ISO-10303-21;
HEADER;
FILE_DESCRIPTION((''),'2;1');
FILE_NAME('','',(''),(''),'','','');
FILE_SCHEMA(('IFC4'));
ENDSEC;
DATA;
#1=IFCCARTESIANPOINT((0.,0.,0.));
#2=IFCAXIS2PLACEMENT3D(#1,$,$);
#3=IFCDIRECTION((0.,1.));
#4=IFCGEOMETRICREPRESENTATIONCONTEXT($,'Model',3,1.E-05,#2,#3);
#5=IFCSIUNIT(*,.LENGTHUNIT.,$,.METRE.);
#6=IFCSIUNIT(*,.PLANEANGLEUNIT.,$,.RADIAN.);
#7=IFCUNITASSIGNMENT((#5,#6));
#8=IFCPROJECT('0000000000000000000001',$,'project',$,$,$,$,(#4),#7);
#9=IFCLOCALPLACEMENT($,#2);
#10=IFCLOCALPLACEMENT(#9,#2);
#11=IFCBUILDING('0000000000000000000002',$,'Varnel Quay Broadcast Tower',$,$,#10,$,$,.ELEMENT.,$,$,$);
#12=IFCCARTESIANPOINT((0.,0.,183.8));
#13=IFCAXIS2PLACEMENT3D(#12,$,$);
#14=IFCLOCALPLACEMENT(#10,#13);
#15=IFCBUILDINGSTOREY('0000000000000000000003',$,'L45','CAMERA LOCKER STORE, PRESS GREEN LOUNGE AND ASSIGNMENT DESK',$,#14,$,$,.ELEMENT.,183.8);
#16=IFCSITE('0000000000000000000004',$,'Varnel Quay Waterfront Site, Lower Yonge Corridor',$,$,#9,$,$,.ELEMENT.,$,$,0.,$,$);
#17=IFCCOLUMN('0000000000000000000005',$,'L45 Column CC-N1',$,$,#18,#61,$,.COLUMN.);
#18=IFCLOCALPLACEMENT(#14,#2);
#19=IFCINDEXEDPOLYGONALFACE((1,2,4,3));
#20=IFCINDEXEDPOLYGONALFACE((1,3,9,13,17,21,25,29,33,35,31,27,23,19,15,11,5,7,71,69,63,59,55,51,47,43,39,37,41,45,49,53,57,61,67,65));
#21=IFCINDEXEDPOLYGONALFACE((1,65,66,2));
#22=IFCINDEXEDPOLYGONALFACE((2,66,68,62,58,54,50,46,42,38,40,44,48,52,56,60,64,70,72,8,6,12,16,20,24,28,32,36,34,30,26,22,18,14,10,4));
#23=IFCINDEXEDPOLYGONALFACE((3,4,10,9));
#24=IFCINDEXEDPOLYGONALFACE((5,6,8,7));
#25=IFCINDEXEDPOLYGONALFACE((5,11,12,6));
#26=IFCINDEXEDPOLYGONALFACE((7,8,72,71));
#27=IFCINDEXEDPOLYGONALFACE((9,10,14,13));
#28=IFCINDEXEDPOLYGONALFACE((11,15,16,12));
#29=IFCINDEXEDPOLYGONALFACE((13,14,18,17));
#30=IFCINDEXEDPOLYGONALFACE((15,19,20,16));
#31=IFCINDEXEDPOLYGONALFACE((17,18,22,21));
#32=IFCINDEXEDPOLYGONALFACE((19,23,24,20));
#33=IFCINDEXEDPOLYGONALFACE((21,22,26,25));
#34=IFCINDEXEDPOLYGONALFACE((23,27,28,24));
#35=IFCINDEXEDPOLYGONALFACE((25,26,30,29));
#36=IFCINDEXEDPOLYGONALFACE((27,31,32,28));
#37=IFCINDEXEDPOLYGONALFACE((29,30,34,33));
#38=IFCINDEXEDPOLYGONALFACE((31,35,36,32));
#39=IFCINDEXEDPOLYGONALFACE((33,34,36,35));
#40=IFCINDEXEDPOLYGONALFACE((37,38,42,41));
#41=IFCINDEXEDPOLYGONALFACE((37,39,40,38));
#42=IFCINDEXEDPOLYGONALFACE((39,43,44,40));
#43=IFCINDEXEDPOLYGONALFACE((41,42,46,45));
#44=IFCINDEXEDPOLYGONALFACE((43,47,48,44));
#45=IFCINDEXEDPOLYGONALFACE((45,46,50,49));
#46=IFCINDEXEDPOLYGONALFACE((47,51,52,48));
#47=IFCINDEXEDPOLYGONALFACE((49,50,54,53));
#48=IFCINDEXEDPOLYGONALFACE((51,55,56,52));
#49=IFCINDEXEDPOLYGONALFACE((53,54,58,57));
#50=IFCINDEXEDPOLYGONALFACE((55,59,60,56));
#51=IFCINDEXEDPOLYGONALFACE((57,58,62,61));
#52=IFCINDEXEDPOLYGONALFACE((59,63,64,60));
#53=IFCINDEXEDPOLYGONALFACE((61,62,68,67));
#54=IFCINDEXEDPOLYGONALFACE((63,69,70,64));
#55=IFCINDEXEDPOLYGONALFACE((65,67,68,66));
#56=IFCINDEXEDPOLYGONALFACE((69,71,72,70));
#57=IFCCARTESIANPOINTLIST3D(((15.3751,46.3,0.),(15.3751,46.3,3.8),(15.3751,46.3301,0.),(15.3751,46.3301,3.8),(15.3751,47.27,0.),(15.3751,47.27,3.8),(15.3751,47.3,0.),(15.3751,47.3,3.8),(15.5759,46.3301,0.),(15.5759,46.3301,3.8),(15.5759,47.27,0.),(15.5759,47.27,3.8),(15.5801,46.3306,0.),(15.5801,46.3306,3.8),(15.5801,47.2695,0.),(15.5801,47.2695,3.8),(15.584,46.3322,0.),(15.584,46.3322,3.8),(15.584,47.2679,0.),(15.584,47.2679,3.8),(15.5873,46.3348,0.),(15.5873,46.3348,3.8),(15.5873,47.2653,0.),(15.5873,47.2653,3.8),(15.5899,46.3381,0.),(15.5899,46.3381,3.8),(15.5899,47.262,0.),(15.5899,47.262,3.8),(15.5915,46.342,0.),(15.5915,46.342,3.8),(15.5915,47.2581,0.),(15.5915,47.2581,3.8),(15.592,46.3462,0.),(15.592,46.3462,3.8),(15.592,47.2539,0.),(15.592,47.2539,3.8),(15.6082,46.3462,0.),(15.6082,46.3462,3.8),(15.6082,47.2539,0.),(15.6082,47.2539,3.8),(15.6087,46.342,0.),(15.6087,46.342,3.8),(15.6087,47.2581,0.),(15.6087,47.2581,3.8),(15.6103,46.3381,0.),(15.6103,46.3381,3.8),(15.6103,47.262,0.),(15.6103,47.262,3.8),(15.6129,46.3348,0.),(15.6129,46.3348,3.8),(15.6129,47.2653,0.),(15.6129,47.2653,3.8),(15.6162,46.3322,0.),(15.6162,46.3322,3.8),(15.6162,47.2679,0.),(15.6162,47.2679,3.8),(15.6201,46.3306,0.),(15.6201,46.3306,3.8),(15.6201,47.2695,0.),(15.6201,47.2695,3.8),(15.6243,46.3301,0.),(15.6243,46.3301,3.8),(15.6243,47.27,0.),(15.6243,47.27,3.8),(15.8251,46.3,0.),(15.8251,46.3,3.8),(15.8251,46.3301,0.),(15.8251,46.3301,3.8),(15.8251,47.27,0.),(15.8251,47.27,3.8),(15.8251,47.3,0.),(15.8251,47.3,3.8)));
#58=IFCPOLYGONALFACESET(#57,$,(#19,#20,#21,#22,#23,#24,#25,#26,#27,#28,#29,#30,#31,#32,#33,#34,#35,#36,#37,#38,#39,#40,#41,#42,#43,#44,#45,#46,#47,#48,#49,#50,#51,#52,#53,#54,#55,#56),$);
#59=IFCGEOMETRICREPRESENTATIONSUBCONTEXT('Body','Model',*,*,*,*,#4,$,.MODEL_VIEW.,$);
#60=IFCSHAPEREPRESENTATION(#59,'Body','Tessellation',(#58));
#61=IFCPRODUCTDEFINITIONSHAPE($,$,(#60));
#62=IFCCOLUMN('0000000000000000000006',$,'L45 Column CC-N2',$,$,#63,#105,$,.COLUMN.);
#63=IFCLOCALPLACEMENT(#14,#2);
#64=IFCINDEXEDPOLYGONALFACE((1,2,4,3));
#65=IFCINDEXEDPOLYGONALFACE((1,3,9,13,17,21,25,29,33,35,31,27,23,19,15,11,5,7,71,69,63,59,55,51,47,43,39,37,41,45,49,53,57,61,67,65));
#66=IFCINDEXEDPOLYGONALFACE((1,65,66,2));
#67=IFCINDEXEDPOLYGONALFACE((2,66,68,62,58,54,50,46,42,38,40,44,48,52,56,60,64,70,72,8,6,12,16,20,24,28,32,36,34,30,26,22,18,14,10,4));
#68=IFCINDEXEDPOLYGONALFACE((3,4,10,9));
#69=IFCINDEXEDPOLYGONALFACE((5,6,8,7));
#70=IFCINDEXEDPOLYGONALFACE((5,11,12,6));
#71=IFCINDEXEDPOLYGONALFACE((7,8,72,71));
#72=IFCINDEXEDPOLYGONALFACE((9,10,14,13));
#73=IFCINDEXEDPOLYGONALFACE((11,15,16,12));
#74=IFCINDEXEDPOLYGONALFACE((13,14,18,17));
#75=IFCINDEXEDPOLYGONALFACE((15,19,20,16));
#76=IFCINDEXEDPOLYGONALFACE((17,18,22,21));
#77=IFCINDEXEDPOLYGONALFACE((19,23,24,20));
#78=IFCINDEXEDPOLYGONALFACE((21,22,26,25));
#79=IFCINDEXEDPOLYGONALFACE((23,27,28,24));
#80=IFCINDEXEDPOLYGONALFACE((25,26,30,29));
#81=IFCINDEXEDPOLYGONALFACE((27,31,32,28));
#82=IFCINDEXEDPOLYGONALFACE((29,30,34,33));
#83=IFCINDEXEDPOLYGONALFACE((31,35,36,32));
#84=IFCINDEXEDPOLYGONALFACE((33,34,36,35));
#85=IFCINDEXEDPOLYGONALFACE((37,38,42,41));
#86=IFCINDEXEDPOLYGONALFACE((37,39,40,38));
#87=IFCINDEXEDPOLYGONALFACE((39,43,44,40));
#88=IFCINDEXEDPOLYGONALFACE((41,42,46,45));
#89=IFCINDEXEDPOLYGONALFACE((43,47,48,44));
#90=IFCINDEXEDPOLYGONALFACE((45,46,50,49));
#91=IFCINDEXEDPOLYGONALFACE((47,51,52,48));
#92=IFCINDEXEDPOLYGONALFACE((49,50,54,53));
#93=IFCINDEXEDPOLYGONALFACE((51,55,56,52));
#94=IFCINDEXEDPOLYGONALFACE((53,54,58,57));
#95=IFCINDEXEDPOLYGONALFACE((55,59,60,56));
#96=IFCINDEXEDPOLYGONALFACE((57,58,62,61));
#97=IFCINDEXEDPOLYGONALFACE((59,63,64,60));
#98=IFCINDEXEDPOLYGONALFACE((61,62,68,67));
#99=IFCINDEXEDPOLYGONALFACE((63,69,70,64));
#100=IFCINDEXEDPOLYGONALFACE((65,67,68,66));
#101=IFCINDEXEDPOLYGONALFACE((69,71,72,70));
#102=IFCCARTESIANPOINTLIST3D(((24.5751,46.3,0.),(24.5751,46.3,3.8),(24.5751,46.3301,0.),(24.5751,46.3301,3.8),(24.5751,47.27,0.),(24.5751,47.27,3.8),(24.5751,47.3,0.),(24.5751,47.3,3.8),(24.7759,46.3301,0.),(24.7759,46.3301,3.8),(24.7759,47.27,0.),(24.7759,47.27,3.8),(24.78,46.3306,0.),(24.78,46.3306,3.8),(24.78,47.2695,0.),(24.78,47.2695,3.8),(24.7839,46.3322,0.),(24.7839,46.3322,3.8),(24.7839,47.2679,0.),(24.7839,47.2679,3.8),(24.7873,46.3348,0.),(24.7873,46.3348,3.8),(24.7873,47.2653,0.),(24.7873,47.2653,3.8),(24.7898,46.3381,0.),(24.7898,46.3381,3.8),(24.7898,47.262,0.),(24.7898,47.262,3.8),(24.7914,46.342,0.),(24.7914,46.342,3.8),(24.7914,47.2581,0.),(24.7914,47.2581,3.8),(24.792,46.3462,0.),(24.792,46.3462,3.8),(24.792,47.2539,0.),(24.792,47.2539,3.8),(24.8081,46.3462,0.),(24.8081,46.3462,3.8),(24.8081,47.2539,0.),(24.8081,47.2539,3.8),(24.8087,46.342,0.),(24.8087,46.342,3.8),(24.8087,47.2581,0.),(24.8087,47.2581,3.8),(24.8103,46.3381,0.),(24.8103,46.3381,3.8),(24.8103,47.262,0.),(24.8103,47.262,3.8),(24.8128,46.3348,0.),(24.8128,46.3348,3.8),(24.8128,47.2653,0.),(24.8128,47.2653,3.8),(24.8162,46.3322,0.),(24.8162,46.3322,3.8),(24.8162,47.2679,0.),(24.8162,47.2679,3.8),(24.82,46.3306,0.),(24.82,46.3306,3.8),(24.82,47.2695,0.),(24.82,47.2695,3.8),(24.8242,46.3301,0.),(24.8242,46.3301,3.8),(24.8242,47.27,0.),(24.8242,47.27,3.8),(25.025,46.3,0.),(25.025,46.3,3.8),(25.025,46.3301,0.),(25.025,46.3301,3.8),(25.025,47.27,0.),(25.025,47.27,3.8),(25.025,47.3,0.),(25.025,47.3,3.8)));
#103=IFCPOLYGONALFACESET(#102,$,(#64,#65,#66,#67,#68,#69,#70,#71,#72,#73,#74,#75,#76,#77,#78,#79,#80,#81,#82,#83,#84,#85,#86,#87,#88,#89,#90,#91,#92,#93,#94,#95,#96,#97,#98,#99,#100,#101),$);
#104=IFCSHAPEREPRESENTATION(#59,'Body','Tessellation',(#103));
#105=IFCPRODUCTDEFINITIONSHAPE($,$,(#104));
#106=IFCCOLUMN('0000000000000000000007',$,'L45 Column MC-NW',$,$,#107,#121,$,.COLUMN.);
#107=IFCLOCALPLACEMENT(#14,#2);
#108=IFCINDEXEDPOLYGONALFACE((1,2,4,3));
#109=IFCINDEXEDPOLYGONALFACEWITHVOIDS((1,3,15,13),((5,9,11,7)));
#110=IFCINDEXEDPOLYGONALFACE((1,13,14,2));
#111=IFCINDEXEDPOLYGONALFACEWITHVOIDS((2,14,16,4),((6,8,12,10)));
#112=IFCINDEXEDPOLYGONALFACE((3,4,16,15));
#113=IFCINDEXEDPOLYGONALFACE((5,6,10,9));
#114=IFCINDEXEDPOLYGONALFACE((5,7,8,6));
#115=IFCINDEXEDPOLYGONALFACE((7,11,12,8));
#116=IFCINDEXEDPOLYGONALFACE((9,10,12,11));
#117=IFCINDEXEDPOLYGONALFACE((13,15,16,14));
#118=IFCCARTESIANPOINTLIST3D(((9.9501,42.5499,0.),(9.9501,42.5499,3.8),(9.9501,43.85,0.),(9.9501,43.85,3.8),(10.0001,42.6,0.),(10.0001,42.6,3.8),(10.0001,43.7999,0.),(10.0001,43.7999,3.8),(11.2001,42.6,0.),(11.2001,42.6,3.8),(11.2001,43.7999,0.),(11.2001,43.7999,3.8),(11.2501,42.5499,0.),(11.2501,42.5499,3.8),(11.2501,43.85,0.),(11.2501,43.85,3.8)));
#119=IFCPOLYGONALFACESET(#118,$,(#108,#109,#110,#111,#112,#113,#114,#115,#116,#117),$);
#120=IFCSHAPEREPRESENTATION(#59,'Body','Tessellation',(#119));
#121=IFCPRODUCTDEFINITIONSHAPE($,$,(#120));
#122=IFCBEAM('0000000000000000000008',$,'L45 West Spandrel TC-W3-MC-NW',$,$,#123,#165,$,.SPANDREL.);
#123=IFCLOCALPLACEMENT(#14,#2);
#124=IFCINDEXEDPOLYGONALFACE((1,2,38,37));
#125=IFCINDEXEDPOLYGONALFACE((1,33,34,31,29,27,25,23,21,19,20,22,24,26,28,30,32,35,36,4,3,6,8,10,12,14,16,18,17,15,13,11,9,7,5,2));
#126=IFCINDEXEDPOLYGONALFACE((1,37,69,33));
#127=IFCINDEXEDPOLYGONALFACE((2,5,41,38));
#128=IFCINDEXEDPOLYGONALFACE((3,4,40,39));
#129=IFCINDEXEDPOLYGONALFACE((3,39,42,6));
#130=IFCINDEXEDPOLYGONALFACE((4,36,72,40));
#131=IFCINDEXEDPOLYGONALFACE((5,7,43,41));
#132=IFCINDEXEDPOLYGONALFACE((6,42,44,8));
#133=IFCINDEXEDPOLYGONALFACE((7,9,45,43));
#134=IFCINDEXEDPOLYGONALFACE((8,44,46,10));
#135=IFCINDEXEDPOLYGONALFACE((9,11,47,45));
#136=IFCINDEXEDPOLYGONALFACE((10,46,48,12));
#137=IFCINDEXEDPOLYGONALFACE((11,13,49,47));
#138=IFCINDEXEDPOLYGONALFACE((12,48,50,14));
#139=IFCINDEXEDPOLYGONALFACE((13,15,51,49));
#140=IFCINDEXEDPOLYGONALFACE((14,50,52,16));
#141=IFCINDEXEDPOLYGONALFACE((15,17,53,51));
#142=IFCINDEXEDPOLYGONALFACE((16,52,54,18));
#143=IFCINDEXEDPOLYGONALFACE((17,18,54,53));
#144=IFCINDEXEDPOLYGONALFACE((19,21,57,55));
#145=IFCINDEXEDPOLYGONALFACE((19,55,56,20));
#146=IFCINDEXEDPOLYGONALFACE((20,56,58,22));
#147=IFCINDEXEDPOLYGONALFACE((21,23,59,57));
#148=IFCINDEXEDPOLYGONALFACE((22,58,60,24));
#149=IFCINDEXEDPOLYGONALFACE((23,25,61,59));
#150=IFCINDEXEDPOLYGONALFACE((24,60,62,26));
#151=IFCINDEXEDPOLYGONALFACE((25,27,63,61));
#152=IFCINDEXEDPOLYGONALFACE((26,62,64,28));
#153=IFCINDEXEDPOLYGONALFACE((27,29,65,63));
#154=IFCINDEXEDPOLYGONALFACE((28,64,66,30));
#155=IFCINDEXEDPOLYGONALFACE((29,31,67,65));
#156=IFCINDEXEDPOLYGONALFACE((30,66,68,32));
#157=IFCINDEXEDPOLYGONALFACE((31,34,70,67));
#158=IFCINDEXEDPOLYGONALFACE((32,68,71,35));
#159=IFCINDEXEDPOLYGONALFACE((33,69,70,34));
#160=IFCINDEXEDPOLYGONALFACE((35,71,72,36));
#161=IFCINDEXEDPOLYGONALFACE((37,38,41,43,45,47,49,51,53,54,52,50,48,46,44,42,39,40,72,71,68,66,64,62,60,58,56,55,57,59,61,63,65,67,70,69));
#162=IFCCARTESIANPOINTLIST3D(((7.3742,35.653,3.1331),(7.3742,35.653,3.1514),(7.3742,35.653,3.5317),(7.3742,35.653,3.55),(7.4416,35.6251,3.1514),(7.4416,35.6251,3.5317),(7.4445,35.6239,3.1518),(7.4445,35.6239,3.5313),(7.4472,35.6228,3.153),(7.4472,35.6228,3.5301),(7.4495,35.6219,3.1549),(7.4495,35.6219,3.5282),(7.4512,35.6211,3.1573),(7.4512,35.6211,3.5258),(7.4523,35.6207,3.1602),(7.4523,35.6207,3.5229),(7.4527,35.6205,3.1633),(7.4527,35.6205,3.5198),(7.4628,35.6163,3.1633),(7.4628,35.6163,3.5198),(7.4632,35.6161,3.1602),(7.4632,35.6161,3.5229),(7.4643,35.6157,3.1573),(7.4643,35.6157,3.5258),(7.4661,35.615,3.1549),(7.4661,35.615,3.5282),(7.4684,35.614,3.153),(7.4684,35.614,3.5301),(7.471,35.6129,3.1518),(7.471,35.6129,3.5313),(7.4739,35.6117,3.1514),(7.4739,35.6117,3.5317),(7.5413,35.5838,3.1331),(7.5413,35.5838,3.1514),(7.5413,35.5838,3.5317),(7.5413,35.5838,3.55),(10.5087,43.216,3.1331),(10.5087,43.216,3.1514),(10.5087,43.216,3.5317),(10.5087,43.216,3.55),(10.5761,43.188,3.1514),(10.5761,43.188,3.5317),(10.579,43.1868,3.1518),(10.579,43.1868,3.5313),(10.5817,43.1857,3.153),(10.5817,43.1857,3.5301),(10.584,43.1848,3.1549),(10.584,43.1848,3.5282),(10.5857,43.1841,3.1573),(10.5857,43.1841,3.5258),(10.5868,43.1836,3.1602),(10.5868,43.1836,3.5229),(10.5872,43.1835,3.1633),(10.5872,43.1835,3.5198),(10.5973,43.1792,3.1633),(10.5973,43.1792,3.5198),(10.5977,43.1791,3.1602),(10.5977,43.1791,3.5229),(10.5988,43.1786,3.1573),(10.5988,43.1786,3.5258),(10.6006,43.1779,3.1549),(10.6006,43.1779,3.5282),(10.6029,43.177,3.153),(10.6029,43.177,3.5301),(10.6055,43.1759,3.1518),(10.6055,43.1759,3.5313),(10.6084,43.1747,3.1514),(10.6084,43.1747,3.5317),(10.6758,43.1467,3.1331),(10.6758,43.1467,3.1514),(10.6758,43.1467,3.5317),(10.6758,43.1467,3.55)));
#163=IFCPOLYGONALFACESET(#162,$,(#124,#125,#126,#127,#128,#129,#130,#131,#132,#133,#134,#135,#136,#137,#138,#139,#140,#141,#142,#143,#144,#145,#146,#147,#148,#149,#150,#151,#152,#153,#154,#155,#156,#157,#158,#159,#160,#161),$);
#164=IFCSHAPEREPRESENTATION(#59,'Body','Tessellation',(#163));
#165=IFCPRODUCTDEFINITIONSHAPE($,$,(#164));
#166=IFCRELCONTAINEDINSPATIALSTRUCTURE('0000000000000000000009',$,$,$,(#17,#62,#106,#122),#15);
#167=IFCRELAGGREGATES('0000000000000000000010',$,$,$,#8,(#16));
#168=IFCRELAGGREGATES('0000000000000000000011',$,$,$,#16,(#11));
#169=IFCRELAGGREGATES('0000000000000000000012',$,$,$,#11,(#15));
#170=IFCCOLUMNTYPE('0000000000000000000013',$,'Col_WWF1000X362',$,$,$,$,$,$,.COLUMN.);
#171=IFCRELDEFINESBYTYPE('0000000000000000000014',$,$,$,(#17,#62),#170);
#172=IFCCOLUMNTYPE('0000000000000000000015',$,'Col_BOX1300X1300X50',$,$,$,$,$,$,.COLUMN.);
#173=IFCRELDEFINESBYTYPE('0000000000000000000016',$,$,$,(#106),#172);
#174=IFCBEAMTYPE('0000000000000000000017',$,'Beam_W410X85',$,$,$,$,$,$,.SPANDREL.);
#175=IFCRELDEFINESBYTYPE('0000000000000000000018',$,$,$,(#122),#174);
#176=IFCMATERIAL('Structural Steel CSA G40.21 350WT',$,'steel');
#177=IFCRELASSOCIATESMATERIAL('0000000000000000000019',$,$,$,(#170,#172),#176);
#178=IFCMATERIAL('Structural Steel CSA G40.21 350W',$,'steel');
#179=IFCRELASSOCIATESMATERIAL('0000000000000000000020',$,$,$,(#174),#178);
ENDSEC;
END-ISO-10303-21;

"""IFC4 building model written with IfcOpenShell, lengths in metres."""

from ifc_helpers import new_model, si_unit, direction, frame, origin, origin_2d, place, context, subcontext, project, spatial, hollow_rectangle, i_section, extrude, source, transform, mapped, material, material_profile, profile_set, type_object, type_shapes, element, save


model = new_model("IFC4")

# Units and contexts
model_context = context("Model", 3, precision=1e-05, world=origin(), true_north=direction((0.0, 1.0)))
body_context = subcontext(model_context, "Body", "Model", "MODEL_VIEW")
ifc_project = project(units=[si_unit("LENGTHUNIT", "METRE"), si_unit("PLANEANGLEUNIT", "RADIAN")], contexts=[model_context])

# Site, building, storey
site_placement = place(None, origin())
site = spatial("IfcSite", under=ifc_project, at=site_placement, Name="Varnel Quay Waterfront Site, Lower Yonge Corridor", CompositionType="ELEMENT", RefElevation=0.0)
building_placement = place(site_placement, origin())
building = spatial("IfcBuilding", under=site, at=building_placement, Name="Varnel Quay Broadcast Tower", CompositionType="ELEMENT")
storey_placement = place(building_placement, frame((0.0, 0.0, 183.8)))
storey = spatial("IfcBuildingStorey", under=building, at=storey_placement, Name="L45", Description="CAMERA LOCKER STORE, PRESS GREEN LOUNGE AND ASSIGNMENT DESK", CompositionType="ELEMENT", Elevation=183.8)

# Columns
ifc_material_1 = material(Name="Structural Steel CSA G40.21 350WT", Category="steel")
ifc_material_profile_1 = material_profile(ifc_material_1, i_section(OverallWidth=0.45, OverallDepth=1.0, WebThickness=0.0161, FlangeThickness=0.03, FilletRadius=0.0161, at=origin_2d()), Name="WWF1000X362")
ifc_profile_set_1 = profile_set([ifc_material_profile_1], Name="Structural Steel CSA G40.21 350WT")
column_type_1 = type_object("IfcColumnType", Name="Col_WWF1000X362", PredefinedType="COLUMN", material=ifc_profile_set_1)
shared_shape_1 = source(origin(), body_context, "Body", "SweptSolid", [
    extrude(i_section(OverallWidth=0.45, OverallDepth=1.0, WebThickness=0.0161, FlangeThickness=0.03, FilletRadius=0.0161, at=origin_2d()), origin(), (0.0, 0.0, 1.0), 3.8),
])
type_shapes(column_type_1, [shared_shape_1])
for number, where, z_axis, x_axis, name in (
    (1, (15.6001, 46.8, 0.0), (0.0, 0.0, 1.0), (1.0, 0.0, 0.0), "L45 Column CC-N1"),
    (2, (24.8, 46.8, 0.0), (0.0, 0.0, 1.0), (1.0, 0.0, 0.0), "L45 Column CC-N2"),
):
    element("IfcColumn", number, at=place(storey_placement, frame(where, z_axis=z_axis, x_axis=x_axis)), inside=storey, type_object=column_type_1, Name=name, PredefinedType="COLUMN", context=body_context, shape_type="MappedRepresentation", body=[
        mapped(shared_shape_1, transform((0.0, 0.0, 0.0), x_axis=(1.0, 0.0, 0.0), y_axis=(0.0, 1.0, 0.0), z_axis=(0.0, 0.0, 1.0), scale=1.0)),
    ])
ifc_material_profile_2 = material_profile(ifc_material_1, hollow_rectangle(XDim=1.3, YDim=1.3, WallThickness=0.05, at=origin_2d()), Name="BOX1300X1300X50")
ifc_profile_set_2 = profile_set([ifc_material_profile_2], Name="Structural Steel CSA G40.21 350WT")
column_type_2 = type_object("IfcColumnType", Name="Col_BOX1300X1300X50", PredefinedType="COLUMN", material=ifc_profile_set_2)
shared_shape_2 = source(origin(), body_context, "Body", "SweptSolid", [
    extrude(hollow_rectangle(XDim=1.3, YDim=1.3, WallThickness=0.05, at=origin_2d()), origin(), (0.0, 0.0, 1.0), 3.8),
])
type_shapes(column_type_2, [shared_shape_2])
column_placement = place(storey_placement, frame((10.6001, 43.2, 0.0), z_axis=(0.0, 0.0, 1.0), x_axis=(1.0, 0.0, 0.0)))
element("IfcColumn", 3, at=column_placement, inside=storey, type_object=column_type_2, Name="L45 Column MC-NW", PredefinedType="COLUMN", context=body_context, shape_type="MappedRepresentation", body=[
    mapped(shared_shape_2, transform((0.0, 0.0, 0.0), x_axis=(1.0, 0.0, 0.0), y_axis=(0.0, 1.0, 0.0), z_axis=(0.0, 0.0, 1.0), scale=1.0)),
])

# Beam
ifc_material_2 = material(Name="Structural Steel CSA G40.21 350W", Category="steel")
ifc_material_profile_3 = material_profile(ifc_material_2, i_section(OverallWidth=0.1809, OverallDepth=0.417, WebThickness=0.011, FlangeThickness=0.0183, FilletRadius=0.012, at=origin_2d()), Name="W410X85")
ifc_profile_set_3 = profile_set([ifc_material_profile_3], Name="Structural Steel CSA G40.21 350W")
beam_type = type_object("IfcBeamType", Name="Beam_W410X85", PredefinedType="SPANDREL", material=ifc_profile_set_3)
shared_shape_3 = source(origin(), body_context, "Body", "SweptSolid", [
    extrude(i_section(OverallWidth=0.1809, OverallDepth=0.417, WebThickness=0.011, FlangeThickness=0.0183, FilletRadius=0.012, at=origin_2d()), origin(), (0.0, 0.0, 1.0), 8.1868),
])
beam_1_placement = place(storey_placement, frame((7.4578, 35.6184, 3.3416), z_axis=(0.382874, 0.923801, 0.0), x_axis=(-0.923801, 0.382874, 0.0)))
element("IfcBeam", 4, at=beam_1_placement, inside=storey, type_object=beam_type, Name="L45 West Spandrel TC-W3-MC-NW", PredefinedType="SPANDREL", context=body_context, shape_type="MappedRepresentation", body=[
    mapped(shared_shape_3, transform((0.0, 0.0, 0.0), x_axis=(1.0, 0.0, 0.0), y_axis=(0.0, 1.0, 0.0), z_axis=(0.0, 0.0, 1.0), scale=1.0)),
])

save(model, "model.ifc")
